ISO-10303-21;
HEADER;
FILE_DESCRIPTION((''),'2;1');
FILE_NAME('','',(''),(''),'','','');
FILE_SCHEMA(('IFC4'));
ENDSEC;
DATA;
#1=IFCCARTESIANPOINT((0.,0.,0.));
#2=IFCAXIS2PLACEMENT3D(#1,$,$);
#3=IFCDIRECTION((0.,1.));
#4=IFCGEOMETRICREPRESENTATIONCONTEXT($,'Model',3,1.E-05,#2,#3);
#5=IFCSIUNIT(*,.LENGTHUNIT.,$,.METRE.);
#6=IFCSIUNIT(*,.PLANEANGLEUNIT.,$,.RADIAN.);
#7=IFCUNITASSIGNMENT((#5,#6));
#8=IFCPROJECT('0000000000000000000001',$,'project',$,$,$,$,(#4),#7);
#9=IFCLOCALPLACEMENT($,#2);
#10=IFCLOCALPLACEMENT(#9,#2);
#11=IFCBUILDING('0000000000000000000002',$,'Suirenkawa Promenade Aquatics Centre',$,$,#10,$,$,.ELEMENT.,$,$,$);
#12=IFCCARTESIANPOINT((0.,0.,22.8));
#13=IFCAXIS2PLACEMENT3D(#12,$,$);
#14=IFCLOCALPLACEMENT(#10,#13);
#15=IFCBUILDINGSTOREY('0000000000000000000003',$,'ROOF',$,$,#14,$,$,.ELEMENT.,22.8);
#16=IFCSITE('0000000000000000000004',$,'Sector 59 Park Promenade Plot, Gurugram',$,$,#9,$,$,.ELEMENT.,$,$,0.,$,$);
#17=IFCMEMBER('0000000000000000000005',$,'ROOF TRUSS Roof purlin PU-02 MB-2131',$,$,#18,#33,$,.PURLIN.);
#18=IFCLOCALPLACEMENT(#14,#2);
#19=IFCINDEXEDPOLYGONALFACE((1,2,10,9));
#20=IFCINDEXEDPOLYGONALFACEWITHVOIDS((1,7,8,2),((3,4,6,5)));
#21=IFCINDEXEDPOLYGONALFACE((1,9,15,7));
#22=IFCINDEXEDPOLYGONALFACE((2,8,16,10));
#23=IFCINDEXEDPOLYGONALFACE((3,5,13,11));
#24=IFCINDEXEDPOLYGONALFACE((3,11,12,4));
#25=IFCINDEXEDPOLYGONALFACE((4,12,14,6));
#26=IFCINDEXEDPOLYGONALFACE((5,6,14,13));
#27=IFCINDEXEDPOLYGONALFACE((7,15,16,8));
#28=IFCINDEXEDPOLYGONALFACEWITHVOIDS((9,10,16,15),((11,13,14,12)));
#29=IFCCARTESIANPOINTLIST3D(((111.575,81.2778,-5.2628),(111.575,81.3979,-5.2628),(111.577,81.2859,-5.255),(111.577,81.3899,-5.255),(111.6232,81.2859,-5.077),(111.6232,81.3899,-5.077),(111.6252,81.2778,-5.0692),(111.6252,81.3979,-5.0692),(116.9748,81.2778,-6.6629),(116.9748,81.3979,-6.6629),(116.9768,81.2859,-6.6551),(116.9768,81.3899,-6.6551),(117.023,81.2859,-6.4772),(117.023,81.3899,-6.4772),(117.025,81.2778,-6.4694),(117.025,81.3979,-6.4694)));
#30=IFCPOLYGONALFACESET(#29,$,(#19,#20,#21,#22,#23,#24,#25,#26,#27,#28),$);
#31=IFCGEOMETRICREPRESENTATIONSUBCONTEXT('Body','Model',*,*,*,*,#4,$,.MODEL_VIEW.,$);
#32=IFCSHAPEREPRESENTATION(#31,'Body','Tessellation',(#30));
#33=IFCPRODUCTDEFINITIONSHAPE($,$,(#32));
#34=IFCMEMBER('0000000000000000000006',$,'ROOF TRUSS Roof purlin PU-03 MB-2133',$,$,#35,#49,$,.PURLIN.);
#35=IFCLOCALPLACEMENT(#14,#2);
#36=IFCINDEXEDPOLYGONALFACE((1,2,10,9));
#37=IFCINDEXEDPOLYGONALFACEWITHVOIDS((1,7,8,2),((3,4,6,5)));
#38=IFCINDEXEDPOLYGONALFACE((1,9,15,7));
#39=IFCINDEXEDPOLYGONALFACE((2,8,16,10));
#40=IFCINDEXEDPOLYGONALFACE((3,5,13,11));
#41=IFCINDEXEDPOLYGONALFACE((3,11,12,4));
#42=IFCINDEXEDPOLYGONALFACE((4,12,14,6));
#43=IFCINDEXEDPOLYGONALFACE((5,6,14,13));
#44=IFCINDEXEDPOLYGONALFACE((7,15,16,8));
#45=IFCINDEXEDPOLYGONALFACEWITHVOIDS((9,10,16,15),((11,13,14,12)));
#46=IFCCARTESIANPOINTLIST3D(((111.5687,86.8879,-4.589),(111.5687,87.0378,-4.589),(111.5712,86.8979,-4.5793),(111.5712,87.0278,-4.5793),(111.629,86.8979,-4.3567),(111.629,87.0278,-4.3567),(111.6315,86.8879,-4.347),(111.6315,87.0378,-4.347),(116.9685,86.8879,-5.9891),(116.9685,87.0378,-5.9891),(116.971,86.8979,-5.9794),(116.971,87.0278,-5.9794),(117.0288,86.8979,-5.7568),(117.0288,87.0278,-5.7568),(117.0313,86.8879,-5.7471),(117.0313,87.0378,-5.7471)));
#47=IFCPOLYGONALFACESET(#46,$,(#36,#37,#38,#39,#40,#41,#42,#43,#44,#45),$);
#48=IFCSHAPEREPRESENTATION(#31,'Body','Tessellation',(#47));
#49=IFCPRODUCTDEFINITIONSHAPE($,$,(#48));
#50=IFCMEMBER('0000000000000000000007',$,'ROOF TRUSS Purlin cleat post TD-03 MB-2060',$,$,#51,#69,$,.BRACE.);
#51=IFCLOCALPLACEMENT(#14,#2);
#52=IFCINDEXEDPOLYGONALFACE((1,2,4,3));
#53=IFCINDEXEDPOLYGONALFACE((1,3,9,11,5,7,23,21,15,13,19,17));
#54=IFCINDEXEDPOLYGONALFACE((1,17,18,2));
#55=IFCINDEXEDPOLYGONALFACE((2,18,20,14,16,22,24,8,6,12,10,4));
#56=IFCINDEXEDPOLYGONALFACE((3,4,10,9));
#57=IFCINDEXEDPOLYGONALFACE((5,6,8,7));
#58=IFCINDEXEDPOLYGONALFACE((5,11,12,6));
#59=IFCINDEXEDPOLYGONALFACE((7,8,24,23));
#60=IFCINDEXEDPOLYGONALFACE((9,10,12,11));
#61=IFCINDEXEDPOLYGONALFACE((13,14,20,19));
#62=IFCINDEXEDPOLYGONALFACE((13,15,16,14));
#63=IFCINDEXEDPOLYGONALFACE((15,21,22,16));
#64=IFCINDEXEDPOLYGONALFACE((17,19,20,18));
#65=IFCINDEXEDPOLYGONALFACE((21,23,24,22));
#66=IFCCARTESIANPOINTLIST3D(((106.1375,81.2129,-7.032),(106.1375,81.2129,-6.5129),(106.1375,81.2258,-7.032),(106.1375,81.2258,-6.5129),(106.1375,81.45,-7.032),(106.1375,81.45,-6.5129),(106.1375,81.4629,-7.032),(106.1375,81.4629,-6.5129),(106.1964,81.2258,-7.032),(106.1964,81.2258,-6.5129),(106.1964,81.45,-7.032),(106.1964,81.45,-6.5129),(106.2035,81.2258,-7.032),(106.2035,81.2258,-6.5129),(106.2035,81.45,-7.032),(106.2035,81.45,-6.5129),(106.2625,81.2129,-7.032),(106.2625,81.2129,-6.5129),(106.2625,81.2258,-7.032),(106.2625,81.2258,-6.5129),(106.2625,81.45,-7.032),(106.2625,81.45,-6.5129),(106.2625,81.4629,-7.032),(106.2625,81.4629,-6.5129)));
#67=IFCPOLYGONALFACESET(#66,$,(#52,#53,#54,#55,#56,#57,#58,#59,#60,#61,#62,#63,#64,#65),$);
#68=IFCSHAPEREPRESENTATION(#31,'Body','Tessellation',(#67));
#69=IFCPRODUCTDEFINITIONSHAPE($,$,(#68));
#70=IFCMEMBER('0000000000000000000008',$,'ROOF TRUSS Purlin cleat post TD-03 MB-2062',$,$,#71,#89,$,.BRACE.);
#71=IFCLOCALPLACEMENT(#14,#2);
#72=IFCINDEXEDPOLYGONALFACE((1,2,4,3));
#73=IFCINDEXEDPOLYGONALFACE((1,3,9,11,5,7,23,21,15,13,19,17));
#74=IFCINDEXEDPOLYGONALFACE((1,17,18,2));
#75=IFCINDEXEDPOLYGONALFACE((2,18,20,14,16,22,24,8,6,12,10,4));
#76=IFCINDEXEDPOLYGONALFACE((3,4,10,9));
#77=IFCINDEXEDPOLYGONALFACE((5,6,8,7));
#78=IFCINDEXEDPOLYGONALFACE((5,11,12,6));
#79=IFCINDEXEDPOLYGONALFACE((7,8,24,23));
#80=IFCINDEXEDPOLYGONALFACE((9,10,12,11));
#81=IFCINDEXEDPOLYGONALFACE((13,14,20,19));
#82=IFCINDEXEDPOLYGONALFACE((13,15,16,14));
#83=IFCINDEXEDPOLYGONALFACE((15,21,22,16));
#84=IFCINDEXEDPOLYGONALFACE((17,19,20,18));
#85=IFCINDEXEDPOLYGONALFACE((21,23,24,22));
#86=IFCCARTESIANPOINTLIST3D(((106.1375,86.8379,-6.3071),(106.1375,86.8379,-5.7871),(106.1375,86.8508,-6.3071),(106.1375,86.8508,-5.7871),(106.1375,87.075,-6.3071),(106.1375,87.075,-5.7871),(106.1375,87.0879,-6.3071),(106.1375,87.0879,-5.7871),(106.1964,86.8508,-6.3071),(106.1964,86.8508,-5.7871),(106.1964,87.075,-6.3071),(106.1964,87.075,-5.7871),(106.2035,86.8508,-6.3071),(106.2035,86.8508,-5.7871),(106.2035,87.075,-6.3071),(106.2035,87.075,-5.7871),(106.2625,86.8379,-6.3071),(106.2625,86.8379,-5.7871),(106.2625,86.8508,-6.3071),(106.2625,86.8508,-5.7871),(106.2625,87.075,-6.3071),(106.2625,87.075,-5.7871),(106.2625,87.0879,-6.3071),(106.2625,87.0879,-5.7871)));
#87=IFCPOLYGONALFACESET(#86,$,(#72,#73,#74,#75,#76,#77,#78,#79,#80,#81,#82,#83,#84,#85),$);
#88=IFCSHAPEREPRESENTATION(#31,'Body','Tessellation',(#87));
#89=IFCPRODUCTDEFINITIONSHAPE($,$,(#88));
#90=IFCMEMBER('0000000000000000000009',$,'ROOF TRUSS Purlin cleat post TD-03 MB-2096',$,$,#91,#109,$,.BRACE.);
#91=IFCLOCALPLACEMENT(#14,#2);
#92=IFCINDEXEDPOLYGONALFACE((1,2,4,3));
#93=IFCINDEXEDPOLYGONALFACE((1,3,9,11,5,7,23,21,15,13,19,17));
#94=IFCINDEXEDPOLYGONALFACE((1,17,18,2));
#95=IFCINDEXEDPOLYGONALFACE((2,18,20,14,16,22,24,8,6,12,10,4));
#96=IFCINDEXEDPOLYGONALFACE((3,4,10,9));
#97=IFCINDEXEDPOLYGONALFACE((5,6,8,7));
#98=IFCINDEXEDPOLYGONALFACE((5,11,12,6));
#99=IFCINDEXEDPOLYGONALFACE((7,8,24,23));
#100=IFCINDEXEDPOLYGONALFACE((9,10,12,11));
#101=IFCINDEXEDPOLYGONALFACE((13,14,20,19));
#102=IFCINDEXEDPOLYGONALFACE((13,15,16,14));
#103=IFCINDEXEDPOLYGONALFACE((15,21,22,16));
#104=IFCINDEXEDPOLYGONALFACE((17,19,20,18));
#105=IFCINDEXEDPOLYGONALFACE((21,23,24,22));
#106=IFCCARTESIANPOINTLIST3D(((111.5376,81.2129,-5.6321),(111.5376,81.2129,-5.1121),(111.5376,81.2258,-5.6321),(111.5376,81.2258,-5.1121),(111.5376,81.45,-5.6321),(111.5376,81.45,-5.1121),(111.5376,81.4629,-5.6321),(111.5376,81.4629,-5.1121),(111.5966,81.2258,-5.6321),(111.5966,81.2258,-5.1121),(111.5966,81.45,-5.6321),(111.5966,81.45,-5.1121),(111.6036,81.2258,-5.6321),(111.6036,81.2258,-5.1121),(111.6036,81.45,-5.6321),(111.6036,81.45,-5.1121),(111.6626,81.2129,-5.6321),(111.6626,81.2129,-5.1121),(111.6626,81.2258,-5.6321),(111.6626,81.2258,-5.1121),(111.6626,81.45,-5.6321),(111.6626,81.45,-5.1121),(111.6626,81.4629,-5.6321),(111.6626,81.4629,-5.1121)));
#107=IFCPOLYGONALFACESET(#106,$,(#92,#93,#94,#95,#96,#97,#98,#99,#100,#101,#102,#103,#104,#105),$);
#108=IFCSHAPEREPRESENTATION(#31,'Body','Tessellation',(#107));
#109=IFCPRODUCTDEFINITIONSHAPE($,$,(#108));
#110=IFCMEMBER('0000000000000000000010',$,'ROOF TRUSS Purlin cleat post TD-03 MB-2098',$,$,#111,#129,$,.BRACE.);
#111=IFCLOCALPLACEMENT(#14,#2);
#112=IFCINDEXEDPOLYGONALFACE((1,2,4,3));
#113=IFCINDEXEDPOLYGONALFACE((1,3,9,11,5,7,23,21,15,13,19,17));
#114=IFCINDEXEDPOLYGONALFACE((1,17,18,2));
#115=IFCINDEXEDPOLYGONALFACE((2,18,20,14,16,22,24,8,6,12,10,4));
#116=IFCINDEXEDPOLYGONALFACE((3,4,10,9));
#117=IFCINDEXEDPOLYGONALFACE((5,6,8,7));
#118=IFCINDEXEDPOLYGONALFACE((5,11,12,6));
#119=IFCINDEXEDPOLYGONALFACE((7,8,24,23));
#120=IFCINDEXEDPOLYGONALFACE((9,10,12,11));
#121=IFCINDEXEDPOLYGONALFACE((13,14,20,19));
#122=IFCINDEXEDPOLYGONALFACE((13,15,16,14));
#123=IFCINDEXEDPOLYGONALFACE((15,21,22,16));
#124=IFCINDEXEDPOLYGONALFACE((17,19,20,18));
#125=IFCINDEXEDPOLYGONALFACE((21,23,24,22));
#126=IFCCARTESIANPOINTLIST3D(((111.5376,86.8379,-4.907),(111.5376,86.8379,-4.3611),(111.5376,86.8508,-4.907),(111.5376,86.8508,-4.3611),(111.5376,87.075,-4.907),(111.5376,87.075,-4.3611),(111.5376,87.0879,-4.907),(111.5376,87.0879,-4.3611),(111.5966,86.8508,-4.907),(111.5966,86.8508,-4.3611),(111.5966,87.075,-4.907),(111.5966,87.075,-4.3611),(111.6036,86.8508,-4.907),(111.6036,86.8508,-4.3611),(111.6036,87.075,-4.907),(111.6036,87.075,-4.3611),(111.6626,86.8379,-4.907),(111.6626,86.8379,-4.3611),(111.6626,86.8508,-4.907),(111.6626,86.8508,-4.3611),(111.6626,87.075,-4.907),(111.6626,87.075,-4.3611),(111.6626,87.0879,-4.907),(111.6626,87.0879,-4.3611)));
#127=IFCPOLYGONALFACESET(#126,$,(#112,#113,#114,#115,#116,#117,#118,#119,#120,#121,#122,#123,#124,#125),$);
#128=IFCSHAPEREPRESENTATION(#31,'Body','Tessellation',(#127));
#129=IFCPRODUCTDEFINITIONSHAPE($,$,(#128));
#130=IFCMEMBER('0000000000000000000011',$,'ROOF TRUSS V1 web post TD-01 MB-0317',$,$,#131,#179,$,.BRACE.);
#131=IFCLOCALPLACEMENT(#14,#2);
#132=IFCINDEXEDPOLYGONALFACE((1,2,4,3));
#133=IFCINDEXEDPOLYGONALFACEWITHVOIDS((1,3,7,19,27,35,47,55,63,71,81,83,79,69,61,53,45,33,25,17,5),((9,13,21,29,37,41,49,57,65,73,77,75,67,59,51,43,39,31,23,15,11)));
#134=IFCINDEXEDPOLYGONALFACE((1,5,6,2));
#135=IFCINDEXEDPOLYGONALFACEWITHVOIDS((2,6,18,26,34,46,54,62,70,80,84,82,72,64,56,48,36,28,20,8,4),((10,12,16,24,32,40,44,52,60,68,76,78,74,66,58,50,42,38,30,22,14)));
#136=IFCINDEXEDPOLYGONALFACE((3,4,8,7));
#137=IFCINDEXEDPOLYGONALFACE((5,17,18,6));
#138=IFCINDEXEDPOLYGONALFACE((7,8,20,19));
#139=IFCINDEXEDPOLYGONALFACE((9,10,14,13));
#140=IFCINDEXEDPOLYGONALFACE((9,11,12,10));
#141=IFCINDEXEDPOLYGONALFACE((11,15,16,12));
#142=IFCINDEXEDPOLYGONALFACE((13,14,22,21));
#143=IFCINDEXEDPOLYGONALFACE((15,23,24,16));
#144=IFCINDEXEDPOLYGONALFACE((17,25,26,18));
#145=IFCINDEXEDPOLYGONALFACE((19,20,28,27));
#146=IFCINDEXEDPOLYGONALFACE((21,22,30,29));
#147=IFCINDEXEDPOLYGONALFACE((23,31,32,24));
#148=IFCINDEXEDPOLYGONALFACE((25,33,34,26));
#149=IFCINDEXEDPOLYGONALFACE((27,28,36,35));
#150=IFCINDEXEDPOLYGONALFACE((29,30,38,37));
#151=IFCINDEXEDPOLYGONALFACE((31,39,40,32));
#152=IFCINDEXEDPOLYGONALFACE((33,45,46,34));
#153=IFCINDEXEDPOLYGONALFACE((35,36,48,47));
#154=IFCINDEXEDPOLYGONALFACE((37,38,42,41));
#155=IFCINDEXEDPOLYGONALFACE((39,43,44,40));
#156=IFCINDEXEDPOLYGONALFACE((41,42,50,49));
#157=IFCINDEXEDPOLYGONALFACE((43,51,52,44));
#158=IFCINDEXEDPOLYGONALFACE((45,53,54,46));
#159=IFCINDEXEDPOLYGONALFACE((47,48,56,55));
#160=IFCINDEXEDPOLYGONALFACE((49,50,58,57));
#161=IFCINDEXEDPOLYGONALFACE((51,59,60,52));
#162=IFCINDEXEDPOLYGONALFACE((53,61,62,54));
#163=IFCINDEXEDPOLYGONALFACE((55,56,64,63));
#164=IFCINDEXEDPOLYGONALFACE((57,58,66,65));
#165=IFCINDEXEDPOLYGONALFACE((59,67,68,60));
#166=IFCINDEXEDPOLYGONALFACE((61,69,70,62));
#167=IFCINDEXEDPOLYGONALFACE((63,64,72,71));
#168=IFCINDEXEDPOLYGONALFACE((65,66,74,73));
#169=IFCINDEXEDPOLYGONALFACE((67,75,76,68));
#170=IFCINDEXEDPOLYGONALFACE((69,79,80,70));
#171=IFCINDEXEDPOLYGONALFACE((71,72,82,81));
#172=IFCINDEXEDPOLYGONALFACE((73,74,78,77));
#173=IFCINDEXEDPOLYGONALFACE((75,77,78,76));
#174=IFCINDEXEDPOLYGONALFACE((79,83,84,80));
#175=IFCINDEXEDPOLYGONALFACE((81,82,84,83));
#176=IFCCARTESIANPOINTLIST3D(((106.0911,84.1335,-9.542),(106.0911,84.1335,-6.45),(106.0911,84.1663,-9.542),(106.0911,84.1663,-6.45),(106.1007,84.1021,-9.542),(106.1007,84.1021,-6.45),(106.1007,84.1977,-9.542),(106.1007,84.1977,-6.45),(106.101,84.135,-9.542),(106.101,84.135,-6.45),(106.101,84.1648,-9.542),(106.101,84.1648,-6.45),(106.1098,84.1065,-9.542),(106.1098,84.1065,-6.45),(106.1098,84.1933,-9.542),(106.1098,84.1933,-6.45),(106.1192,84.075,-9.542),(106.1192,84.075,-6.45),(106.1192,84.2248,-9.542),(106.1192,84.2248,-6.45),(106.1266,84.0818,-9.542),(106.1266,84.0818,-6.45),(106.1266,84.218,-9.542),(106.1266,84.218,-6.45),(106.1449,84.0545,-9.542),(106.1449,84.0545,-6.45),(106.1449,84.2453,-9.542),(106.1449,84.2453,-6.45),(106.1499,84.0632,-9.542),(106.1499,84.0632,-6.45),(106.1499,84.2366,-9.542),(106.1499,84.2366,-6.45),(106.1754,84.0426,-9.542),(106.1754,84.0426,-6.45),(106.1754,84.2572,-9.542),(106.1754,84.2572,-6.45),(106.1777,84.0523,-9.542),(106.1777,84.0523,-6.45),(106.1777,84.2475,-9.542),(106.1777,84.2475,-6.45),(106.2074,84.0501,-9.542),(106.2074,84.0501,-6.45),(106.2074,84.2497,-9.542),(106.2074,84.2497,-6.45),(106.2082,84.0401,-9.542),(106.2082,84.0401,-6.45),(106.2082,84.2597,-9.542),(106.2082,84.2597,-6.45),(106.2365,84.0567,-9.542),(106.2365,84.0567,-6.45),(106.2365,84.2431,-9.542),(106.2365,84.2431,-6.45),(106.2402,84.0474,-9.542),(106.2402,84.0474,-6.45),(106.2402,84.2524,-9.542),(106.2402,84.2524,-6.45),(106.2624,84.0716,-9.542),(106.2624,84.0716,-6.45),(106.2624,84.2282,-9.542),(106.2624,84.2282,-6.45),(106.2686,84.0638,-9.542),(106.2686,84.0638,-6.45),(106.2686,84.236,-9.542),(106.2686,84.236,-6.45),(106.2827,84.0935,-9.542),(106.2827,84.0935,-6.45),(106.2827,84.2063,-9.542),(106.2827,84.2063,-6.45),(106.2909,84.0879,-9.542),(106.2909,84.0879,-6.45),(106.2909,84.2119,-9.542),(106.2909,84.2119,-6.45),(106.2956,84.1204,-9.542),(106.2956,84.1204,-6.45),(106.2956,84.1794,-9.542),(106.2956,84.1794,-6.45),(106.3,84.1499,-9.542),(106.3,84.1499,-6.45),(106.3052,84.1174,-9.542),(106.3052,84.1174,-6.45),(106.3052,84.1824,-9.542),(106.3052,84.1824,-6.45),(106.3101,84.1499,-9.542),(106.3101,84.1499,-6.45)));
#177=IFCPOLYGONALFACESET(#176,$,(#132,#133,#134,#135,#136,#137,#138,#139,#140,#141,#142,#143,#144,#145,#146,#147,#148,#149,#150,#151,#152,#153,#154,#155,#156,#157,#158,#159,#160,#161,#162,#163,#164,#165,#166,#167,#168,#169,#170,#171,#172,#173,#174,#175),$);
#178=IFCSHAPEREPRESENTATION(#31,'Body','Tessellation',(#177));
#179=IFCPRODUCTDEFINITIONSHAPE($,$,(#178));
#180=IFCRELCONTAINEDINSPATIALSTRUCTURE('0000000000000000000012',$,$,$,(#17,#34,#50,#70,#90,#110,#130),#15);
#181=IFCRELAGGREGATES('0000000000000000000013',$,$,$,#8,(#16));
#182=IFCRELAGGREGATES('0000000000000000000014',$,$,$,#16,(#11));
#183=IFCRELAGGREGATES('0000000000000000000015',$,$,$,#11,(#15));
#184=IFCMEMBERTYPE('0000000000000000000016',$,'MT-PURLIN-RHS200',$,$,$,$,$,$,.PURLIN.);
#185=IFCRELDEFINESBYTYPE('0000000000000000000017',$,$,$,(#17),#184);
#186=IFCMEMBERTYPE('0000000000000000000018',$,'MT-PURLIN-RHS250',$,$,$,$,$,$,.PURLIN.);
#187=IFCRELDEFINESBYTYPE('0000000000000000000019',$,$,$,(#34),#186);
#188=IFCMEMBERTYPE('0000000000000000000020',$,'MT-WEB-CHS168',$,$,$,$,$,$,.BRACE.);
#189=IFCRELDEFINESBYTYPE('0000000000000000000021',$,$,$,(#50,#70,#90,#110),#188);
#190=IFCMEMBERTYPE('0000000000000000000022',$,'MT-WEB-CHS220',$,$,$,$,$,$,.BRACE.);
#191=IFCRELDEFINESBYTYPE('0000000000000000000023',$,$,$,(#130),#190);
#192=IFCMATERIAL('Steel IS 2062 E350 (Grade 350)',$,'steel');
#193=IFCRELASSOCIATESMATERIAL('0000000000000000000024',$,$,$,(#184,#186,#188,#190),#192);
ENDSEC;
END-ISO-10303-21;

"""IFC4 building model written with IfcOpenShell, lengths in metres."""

from ifc_helpers import new_model, si_unit, direction, frame, origin, origin_2d, place, context, subcontext, project, spatial, hollow_rectangle, hollow_circle, i_section, extrude, material, material_profile, profile_set, type_object, element, save


model = new_model("IFC4")

# Units and contexts
model_context = context("Model", 3, precision=1e-05, world=origin(), true_north=direction((0.0, 1.0)))
body_context = subcontext(model_context, "Body", "Model", "MODEL_VIEW")
ifc_project = project(units=[si_unit("LENGTHUNIT", "METRE"), si_unit("PLANEANGLEUNIT", "RADIAN")], contexts=[model_context])

# Site, building, storey
site_placement = place(None, origin())
site = spatial("IfcSite", under=ifc_project, at=site_placement, Name="Sector 59 Park Promenade Plot, Gurugram", CompositionType="ELEMENT", RefElevation=0.0)
building_placement = place(site_placement, origin())
building = spatial("IfcBuilding", under=site, at=building_placement, Name="Suirenkawa Promenade Aquatics Centre", CompositionType="ELEMENT")
storey_placement = place(building_placement, frame((0.0, 0.0, 22.8)))
storey = spatial("IfcBuildingStorey", under=building, at=storey_placement, Name="ROOF", CompositionType="ELEMENT", Elevation=22.8)

# Shared definitions
ifc_material = material(Name="Steel IS 2062 E350 (Grade 350)", Category="steel")

# Members
ifc_material_profile_1 = material_profile(ifc_material, hollow_rectangle(XDim=0.1201, YDim=0.2, WallThickness=0.0081, at=origin_2d()), Name="RHS 200x120x8", Category="steel")
ifc_profile_set_1 = profile_set([ifc_material_profile_1], Name="Steel IS 2062 E350 (Grade 350)")
member_type_1 = type_object("IfcMemberType", Name="MT-PURLIN-RHS200", PredefinedType="PURLIN", material=ifc_profile_set_1)
member_1_placement = place(storey_placement, frame((111.6001, 81.3379, -5.166), z_axis=(0.967989, 0.0, -0.250991), x_axis=(0.0, 1.0, 0.0)))
element("IfcMember", 1, at=member_1_placement, inside=storey, type_object=member_type_1, Name="ROOF TRUSS Roof purlin PU-02 MB-2131", PredefinedType="PURLIN", context=body_context, shape_type="SweptSolid", body=[
    extrude(hollow_rectangle(XDim=0.1201, YDim=0.2, WallThickness=0.0081, at=origin_2d()), origin(), (0.0, 0.0, 1.0), 5.5784),
])
ifc_material_profile_2 = material_profile(ifc_material, hollow_rectangle(XDim=0.1499, YDim=0.25, WallThickness=0.01, at=origin_2d()), Name="RHS 250x150x10", Category="steel")
ifc_profile_set_2 = profile_set([ifc_material_profile_2], Name="Steel IS 2062 E350 (Grade 350)")
member_type_2 = type_object("IfcMemberType", Name="MT-PURLIN-RHS250", PredefinedType="PURLIN", material=ifc_profile_set_2)
member_2_placement = place(storey_placement, frame((111.6001, 86.9629, -4.468), z_axis=(0.967989, 0.0, -0.250991), x_axis=(0.0, 1.0, 0.0)))
element("IfcMember", 2, at=member_2_placement, inside=storey, type_object=member_type_2, Name="ROOF TRUSS Roof purlin PU-03 MB-2133", PredefinedType="PURLIN", context=body_context, shape_type="SweptSolid", body=[
    extrude(hollow_rectangle(XDim=0.1499, YDim=0.25, WallThickness=0.01, at=origin_2d()), origin(), (0.0, 0.0, 1.0), 5.5784),
])
ifc_material_profile_3 = material_profile(ifc_material, i_section(OverallWidth=0.125, OverallDepth=0.25, WebThickness=0.0071, FlangeThickness=0.0129, at=origin_2d()), Name="ISMB 250", Category="steel")
ifc_profile_set_3 = profile_set([ifc_material_profile_3], Name="Steel IS 2062 E350 (Grade 350)")
member_type_3 = type_object("IfcMemberType", Name="MT-WEB-CHS168", PredefinedType="BRACE", material=ifc_profile_set_3)
member_3_placement = place(storey_placement, frame((106.2, 81.3379, -7.032), z_axis=(0.0, 0.0, 1.0), x_axis=(1.0, 0.0, 0.0)))
element("IfcMember", 3, at=member_3_placement, inside=storey, type_object=member_type_3, Name="ROOF TRUSS Purlin cleat post TD-03 MB-2060", PredefinedType="BRACE", context=body_context, shape_type="SweptSolid", body=[
    extrude(i_section(OverallWidth=0.125, OverallDepth=0.25, WebThickness=0.0071, FlangeThickness=0.0129, at=origin_2d()), origin(), (0.0, 0.0, 1.0), 0.519),
])
for number, where, z_axis, x_axis, name in (
    (4, (106.2, 86.9629, -6.3071), (0.0, 0.0, 1.0), (1.0, 0.0, 0.0), "ROOF TRUSS Purlin cleat post TD-03 MB-2062"),
    (5, (111.6001, 81.3379, -5.6321), (0.0, 0.0, 1.0), (1.0, 0.0, 0.0), "ROOF TRUSS Purlin cleat post TD-03 MB-2096"),
):
    element("IfcMember", number, at=place(storey_placement, frame(where, z_axis=z_axis, x_axis=x_axis)), inside=storey, type_object=member_type_3, Name=name, PredefinedType="BRACE", context=body_context, shape_type="SweptSolid", body=[
        extrude(i_section(OverallWidth=0.125, OverallDepth=0.25, WebThickness=0.0071, FlangeThickness=0.0129, at=origin_2d()), origin(), (0.0, 0.0, 1.0), 0.52),
    ])
member_4_placement = place(storey_placement, frame((111.6001, 86.9629, -4.907), z_axis=(0.0, 0.0, 1.0), x_axis=(1.0, 0.0, 0.0)))
element("IfcMember", 6, at=member_4_placement, inside=storey, type_object=member_type_3, Name="ROOF TRUSS Purlin cleat post TD-03 MB-2098", PredefinedType="BRACE", context=body_context, shape_type="SweptSolid", body=[
    extrude(i_section(OverallWidth=0.125, OverallDepth=0.25, WebThickness=0.0071, FlangeThickness=0.0129, at=origin_2d()), origin(), (0.0, 0.0, 1.0), 0.5459),
])
ifc_material_profile_4 = material_profile(ifc_material, hollow_circle(Radius=0.1101, WallThickness=0.01, at=origin_2d()), Name="CHS 220x10", Category="steel")
ifc_profile_set_4 = profile_set([ifc_material_profile_4], Name="Steel IS 2062 E350 (Grade 350)")
member_type_4 = type_object("IfcMemberType", Name="MT-WEB-CHS220", PredefinedType="BRACE", material=ifc_profile_set_4)
for number, where, z_axis, x_axis, name in (
    (7, (106.2, 84.1499, -9.542), (0.0, 0.0, 1.0), (1.0, 0.0, 0.0), "ROOF TRUSS V1 web post TD-01 MB-0317"),
):
    element("IfcMember", number, at=place(storey_placement, frame(where, z_axis=z_axis, x_axis=x_axis)), inside=storey, type_object=member_type_4, Name=name, PredefinedType="BRACE", context=body_context, shape_type="SweptSolid", body=[
        extrude(hollow_circle(Radius=0.1101, WallThickness=0.01, at=origin_2d()), origin(), (0.0, 0.0, 1.0), 3.092),
    ])

save(model, "model.ifc")
